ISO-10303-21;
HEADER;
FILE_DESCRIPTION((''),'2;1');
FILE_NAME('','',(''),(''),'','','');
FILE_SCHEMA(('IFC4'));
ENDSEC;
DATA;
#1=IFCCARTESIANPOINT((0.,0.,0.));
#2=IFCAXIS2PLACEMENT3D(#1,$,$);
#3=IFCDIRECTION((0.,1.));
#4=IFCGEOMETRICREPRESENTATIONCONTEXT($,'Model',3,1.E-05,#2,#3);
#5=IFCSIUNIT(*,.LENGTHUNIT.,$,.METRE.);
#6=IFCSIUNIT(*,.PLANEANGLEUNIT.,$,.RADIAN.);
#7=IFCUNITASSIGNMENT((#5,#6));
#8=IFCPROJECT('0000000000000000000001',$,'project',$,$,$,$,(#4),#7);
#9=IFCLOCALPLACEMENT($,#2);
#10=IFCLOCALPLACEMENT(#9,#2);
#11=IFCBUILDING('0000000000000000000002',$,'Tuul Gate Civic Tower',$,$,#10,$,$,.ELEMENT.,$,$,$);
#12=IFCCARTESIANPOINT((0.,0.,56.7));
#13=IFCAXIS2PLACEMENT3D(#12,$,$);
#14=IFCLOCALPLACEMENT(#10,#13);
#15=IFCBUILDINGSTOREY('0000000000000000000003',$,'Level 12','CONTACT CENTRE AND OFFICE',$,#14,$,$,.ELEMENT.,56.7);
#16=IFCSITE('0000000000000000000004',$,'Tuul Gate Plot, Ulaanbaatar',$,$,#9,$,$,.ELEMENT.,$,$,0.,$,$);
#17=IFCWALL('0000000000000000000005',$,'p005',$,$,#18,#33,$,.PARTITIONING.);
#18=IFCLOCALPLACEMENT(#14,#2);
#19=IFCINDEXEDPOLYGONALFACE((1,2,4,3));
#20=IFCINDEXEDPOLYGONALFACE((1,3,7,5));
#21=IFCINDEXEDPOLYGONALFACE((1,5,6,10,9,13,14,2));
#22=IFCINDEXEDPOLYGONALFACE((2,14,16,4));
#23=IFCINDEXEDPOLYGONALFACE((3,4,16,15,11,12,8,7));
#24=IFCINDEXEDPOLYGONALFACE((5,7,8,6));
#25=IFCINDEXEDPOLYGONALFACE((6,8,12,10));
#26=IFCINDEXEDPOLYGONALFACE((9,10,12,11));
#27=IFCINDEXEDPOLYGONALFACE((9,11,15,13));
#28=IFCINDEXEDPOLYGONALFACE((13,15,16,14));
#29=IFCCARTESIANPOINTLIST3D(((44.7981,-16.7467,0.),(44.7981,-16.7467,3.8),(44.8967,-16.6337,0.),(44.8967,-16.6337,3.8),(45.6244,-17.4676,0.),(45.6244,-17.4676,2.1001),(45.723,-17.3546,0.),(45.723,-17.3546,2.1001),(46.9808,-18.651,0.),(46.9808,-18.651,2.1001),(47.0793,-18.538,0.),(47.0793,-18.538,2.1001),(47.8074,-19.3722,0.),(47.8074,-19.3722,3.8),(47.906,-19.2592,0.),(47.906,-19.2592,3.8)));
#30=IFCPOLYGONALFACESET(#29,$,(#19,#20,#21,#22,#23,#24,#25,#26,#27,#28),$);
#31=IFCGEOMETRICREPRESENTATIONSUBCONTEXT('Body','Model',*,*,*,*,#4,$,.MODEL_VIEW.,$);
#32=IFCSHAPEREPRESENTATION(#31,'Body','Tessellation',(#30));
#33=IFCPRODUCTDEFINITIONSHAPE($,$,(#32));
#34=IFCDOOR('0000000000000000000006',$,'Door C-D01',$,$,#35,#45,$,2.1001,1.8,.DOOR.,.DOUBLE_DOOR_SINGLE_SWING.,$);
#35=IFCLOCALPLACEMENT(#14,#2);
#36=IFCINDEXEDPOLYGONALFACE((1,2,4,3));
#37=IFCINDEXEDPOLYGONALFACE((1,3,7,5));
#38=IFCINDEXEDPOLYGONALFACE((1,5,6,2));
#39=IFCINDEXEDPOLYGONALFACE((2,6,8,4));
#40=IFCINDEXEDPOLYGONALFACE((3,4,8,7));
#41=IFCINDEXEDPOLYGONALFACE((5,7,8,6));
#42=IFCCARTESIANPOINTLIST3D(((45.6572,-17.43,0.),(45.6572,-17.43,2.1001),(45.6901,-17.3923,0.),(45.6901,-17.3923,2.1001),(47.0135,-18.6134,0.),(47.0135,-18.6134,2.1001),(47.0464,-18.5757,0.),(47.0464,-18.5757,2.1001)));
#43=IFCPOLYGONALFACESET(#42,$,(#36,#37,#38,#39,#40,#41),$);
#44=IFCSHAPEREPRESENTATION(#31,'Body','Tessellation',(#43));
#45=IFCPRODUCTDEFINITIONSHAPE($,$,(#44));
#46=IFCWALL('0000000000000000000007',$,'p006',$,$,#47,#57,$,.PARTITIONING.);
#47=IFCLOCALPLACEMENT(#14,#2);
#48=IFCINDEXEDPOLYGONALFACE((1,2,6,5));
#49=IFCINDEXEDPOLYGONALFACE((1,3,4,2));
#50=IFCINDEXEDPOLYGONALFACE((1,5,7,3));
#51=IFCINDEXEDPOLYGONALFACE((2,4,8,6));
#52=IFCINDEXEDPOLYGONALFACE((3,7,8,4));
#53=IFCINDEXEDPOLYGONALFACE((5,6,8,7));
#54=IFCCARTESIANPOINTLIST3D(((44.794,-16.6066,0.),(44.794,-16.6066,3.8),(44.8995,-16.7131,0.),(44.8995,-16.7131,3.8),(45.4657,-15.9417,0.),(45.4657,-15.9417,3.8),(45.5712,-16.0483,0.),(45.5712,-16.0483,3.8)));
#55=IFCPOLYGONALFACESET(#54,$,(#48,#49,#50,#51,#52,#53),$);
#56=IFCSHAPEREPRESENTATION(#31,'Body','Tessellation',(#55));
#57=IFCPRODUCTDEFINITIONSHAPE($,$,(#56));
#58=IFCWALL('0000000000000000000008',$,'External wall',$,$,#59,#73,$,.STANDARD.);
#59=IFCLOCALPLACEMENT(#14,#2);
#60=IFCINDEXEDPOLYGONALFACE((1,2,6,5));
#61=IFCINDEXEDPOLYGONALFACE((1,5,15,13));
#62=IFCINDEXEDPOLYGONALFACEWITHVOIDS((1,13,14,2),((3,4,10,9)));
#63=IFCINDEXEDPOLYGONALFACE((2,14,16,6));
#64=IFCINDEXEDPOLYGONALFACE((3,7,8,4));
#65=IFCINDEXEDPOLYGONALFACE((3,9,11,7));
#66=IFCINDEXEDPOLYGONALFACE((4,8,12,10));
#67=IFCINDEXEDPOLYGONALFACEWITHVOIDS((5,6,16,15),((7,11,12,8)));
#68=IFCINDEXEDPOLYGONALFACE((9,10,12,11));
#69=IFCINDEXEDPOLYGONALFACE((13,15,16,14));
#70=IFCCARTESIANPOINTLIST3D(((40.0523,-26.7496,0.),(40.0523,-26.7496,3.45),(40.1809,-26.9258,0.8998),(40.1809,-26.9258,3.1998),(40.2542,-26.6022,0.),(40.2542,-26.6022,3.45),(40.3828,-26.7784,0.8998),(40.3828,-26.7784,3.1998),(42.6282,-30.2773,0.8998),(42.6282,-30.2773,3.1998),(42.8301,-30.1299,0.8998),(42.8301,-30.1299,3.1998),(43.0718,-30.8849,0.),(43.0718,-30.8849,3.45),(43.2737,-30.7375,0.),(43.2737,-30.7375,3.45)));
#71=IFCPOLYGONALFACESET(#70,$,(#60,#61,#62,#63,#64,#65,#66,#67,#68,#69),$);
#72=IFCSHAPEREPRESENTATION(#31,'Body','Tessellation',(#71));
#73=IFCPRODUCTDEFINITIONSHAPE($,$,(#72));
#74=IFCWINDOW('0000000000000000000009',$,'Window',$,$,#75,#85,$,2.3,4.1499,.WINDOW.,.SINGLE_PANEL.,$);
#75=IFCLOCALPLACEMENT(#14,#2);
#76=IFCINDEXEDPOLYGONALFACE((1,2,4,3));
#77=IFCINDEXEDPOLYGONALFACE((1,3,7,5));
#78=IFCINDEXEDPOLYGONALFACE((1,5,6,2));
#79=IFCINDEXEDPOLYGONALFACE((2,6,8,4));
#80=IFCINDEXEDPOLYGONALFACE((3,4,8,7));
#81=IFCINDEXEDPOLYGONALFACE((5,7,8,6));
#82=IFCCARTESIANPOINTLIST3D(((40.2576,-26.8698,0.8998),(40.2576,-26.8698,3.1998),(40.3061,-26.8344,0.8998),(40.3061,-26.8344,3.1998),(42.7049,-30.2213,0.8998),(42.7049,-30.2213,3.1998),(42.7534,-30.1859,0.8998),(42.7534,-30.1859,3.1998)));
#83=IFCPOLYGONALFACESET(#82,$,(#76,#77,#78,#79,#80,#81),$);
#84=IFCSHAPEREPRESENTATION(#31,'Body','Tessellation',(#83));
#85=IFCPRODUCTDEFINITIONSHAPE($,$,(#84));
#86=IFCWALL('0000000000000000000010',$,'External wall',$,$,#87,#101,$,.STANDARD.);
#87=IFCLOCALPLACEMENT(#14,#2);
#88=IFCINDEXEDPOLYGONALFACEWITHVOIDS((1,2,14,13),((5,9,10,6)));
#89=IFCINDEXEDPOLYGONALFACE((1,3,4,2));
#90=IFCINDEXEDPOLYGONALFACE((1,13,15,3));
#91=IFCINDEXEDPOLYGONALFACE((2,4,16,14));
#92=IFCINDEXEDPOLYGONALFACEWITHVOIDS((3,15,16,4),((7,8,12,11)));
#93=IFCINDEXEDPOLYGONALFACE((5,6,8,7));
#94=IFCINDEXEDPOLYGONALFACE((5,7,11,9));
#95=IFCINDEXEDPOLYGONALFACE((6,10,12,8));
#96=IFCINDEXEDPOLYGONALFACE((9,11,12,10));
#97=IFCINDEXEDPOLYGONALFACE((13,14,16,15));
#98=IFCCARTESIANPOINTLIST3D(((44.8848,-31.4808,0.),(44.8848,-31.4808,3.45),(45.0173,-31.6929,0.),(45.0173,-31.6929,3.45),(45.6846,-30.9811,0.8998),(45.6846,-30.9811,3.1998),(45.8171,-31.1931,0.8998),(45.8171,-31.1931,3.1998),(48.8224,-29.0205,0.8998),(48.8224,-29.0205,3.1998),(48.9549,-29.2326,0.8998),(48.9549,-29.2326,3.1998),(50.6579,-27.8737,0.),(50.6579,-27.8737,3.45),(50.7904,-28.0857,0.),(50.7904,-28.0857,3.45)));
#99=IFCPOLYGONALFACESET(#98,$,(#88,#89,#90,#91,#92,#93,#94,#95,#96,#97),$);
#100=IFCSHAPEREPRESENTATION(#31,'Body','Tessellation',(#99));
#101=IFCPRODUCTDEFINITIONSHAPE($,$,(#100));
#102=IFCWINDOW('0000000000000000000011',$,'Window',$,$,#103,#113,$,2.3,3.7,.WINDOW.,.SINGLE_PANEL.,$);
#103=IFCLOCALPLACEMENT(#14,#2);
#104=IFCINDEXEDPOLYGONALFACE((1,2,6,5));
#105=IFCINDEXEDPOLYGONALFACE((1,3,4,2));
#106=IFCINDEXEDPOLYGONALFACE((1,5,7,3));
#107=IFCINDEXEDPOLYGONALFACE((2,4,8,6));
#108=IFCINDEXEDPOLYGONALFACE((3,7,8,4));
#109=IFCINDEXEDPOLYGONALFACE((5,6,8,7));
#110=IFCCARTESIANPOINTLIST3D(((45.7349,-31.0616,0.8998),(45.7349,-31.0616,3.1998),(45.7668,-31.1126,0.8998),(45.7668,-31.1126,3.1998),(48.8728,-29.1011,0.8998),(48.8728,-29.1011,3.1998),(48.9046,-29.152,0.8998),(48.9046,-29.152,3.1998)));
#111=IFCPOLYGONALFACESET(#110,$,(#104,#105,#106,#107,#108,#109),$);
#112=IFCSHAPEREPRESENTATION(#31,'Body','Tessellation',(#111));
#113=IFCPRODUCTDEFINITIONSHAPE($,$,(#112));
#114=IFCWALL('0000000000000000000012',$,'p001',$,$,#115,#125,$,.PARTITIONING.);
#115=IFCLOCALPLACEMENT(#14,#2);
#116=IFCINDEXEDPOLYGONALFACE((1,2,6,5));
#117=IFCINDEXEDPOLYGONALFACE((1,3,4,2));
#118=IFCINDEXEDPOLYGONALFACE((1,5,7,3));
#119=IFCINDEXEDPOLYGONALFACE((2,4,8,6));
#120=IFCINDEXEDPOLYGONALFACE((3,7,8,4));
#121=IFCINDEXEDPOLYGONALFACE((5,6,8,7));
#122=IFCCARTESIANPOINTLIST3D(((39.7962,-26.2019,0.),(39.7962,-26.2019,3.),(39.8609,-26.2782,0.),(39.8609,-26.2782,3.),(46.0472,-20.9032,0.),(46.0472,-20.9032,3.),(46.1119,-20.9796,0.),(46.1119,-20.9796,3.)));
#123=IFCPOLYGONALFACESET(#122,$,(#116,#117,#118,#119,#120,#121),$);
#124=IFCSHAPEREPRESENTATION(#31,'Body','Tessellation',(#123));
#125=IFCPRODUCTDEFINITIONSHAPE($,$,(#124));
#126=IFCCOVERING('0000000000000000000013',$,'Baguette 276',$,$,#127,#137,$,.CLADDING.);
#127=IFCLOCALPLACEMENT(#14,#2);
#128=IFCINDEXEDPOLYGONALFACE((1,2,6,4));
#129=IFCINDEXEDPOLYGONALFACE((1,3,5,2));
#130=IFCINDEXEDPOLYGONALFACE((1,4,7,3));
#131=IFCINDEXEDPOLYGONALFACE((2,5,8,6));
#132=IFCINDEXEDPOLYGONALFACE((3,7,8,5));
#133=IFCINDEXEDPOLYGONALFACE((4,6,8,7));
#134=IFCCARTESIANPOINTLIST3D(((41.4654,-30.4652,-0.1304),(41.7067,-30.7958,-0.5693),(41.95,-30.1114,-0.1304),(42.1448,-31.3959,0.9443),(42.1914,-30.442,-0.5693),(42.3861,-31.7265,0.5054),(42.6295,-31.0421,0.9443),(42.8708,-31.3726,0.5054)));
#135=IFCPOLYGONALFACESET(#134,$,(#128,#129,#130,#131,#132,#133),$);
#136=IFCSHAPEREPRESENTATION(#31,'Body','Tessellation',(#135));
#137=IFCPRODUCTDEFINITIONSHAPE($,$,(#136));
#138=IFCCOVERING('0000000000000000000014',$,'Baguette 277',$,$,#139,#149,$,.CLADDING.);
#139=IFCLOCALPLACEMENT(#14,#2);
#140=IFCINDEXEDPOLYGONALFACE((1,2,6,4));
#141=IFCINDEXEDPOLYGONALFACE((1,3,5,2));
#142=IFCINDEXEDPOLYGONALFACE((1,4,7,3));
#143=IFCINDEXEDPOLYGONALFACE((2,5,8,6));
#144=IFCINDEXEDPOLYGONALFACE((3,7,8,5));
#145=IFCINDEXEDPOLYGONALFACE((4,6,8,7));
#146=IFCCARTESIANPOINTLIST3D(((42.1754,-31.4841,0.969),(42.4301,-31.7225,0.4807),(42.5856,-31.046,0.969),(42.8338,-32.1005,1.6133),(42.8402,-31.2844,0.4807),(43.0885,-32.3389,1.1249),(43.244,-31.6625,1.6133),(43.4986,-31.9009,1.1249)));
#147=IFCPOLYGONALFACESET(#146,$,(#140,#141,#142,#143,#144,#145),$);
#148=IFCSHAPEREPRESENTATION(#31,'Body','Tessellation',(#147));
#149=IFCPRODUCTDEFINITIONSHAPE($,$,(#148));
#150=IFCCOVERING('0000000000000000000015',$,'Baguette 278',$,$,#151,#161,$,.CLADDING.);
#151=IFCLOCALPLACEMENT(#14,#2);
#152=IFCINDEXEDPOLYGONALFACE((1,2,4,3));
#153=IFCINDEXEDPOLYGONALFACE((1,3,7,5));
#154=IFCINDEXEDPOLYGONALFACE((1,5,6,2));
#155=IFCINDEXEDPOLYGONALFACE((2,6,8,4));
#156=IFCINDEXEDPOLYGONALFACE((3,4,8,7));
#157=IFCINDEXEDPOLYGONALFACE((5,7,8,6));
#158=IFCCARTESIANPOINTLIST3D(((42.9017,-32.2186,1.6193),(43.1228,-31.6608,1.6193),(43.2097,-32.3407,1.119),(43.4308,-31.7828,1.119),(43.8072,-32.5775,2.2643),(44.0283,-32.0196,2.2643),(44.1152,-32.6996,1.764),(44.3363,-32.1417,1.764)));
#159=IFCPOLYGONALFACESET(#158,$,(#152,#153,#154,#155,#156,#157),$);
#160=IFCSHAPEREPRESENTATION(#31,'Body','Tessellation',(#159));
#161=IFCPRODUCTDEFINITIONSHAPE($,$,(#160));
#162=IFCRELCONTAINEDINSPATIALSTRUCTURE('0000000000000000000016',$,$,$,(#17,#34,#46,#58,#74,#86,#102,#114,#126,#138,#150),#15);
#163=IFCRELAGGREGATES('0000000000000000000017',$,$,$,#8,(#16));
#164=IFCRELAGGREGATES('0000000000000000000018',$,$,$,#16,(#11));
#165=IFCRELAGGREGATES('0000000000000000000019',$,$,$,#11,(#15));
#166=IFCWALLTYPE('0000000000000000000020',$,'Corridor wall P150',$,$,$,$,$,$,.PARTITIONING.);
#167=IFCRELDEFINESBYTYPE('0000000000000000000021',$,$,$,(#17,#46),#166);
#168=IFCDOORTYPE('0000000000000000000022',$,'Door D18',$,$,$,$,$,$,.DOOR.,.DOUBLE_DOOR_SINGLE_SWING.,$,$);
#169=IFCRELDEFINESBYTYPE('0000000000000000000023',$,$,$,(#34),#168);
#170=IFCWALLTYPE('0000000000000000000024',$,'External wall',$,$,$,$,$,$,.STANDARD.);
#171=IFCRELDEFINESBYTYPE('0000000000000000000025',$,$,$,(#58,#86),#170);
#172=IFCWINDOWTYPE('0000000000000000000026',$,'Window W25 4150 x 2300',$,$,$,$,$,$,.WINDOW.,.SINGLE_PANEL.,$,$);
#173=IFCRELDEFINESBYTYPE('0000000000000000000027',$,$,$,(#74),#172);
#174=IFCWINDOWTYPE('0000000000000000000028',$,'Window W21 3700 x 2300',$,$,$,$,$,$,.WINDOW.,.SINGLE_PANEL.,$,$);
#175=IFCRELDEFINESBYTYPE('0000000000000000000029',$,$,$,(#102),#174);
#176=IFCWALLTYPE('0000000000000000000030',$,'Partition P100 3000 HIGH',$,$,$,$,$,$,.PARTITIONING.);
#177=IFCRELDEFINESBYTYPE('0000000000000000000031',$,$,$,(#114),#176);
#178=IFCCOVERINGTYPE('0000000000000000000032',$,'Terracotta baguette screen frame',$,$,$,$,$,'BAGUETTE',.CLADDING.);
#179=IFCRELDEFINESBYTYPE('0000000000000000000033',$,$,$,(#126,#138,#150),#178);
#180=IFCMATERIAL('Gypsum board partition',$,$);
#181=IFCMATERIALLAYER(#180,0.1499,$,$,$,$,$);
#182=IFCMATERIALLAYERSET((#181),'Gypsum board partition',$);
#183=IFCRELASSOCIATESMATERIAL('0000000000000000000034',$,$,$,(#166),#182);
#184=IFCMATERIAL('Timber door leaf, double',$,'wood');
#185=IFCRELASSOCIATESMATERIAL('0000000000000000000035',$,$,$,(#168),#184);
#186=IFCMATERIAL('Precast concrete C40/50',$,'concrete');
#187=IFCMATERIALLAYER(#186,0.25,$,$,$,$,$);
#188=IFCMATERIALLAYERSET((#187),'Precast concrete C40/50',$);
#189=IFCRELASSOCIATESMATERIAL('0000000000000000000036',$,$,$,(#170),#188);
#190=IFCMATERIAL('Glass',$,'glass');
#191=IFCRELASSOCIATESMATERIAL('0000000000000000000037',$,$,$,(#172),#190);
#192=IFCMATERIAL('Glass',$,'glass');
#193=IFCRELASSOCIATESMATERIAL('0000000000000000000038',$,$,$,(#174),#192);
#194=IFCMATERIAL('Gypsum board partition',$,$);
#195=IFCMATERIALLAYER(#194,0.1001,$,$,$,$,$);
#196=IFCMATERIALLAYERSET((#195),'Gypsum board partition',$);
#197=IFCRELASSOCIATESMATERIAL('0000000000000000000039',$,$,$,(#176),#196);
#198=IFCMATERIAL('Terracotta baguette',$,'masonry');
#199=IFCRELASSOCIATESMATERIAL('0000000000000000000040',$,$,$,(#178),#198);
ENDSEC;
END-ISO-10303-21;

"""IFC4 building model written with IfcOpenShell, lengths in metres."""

from ifc_helpers import new_model, si_unit, direction, frame, frame_2d, origin, origin_2d, place, context, subcontext, project, spatial, rectangle, extrude, material, layer, layer_set, material_profile, profile_set, type_object, element, fill, save


model = new_model("IFC4")

# Units and contexts
model_context = context("Model", 3, precision=1e-05, world=origin(), true_north=direction((0.0, 1.0)))
body_context = subcontext(model_context, "Body", "Model", "MODEL_VIEW")
ifc_project = project(units=[si_unit("LENGTHUNIT", "METRE"), si_unit("PLANEANGLEUNIT", "RADIAN")], contexts=[model_context])

# Site, building, storey
site_placement = place(None, origin())
site = spatial("IfcSite", under=ifc_project, at=site_placement, Name="Tuul Gate Plot, Ulaanbaatar", CompositionType="ELEMENT", RefElevation=0.0)
building_placement = place(site_placement, origin())
building = spatial("IfcBuilding", under=site, at=building_placement, Name="Tuul Gate Civic Tower", CompositionType="ELEMENT")
storey_placement = place(building_placement, frame((0.0, 0.0, 56.7)))
storey = spatial("IfcBuildingStorey", under=building, at=storey_placement, Name="Level 12", Description="CONTACT CENTRE AND OFFICE", CompositionType="ELEMENT", Elevation=56.7)

# Wall, opening, door
ifc_material_1 = material(Name="Gypsum board partition")
ifc_layer_1 = layer(ifc_material_1, 0.1499)
ifc_layer_set_1 = layer_set([ifc_layer_1], Name="Gypsum board partition")
wall_type_1 = type_object("IfcWallType", Name="Corridor wall P150", PredefinedType="PARTITIONING", material=ifc_layer_set_1)
wall_1_placement = place(storey_placement, frame((44.8474, -16.6902, 0.0), z_axis=(0.0, 0.0, 1.0), x_axis=(0.753523, -0.657422, 0.0)))
wall_1 = element("IfcWall", 1, at=wall_1_placement, inside=storey, type_object=wall_type_1, Name="p005", PredefinedType="PARTITIONING", context=body_context, shape_type="SweptSolid", body=[
    extrude(rectangle(XDim=3.9937, YDim=0.1499, at=frame_2d((1.9968, 0.0))), origin(), (0.0, 0.0, 1.0), 3.8),
])
opening_1_placement = place(wall_1_placement, frame((1.0967, 0.0, 0.0)))
opening_1 = element("IfcOpeningElement", 2, at=opening_1_placement, cuts=wall_1, PredefinedType="OPENING", context=body_context, shape_type="SweptSolid", body=[
    extrude(rectangle(XDim=1.8, YDim=2.1001, at=frame_2d((0.8999, 1.05))), frame((0.0, 0.085, 0.0), z_axis=(0.0, -1.0, 0.0), x_axis=(1.0, 0.0, 0.0)), (0.0, 0.0, 1.0), 0.1699),
])
ifc_material_2 = material(Name="Timber door leaf, double", Category="wood")
door_type_1 = type_object("IfcDoorType", Name="Door D18", OperationType="DOUBLE_DOOR_SINGLE_SWING", PredefinedType="DOOR", material=ifc_material_2)
door_1_placement = place(opening_1_placement, origin())
door_1 = element("IfcDoor", 3, at=door_1_placement, inside=storey, type_object=door_type_1, Name="Door C-D01", OperationType="DOUBLE_DOOR_SINGLE_SWING", OverallHeight=2.1001, OverallWidth=1.8, PredefinedType="DOOR", context=body_context, shape_type="SweptSolid", body=[
    extrude(rectangle(XDim=1.8, YDim=2.1001, at=frame_2d((0.8999, 1.05))), frame((0.0, 0.0249, 0.0), z_axis=(0.0, -1.0, 0.0), x_axis=(1.0, 0.0, 0.0)), (0.0, 0.0, 1.0), 0.05),
])
fill(opening_1, door_1)

# Wall
wall_2_placement = place(storey_placement, frame((44.8467, -16.6599, 0.0), z_axis=(0.0, 0.0, 1.0), x_axis=(0.710714, 0.703481, 0.0)))
element("IfcWall", 4, at=wall_2_placement, inside=storey, type_object=wall_type_1, Name="p006", PredefinedType="PARTITIONING", context=body_context, shape_type="SweptSolid", body=[
    extrude(rectangle(XDim=0.9451, YDim=0.1499, at=frame_2d((0.4727, 0.0))), origin(), (0.0, 0.0, 1.0), 3.8),
])

# Walls, openings, windows
ifc_material_3 = material(Name="Precast concrete C40/50", Category="concrete")
ifc_layer_2 = layer(ifc_material_3, 0.25)
ifc_layer_set_2 = layer_set([ifc_layer_2], Name="Precast concrete C40/50")
wall_type_2 = type_object("IfcWallType", Name="External wall", PredefinedType="STANDARD", material=ifc_layer_set_2)
wall_3_placement = place(storey_placement, frame((40.1533, -26.676, 0.0), z_axis=(0.0, 0.0, 1.0), x_axis=(0.589713, -0.807613, 0.0)))
wall_3 = element("IfcWall", 5, at=wall_3_placement, inside=storey, type_object=wall_type_2, Name="External wall", PredefinedType="STANDARD", context=body_context, shape_type="SweptSolid", body=[
    extrude(rectangle(XDim=5.1204, YDim=0.25, at=frame_2d((2.5601, 0.0))), origin(), (0.0, 0.0, 1.0), 3.45),
])
opening_2_placement = place(wall_3_placement, frame((0.218, 0.0, 0.8999)))
opening_2 = element("IfcOpeningElement", 6, at=opening_2_placement, cuts=wall_3, PredefinedType="OPENING", context=body_context, shape_type="SweptSolid", body=[
    extrude(rectangle(XDim=4.1499, YDim=2.3, at=frame_2d((2.075, 1.1499))), frame((0.0, 0.135, 0.0), z_axis=(0.0, -1.0, 0.0), x_axis=(1.0, 0.0, 0.0)), (0.0, 0.0, 1.0), 0.27),
])
ifc_material_4 = material(Name="Glass", Category="glass")
window_type_1 = type_object("IfcWindowType", Name="Window W25 4150 x 2300", PartitioningType="SINGLE_PANEL", PredefinedType="WINDOW", material=ifc_material_4)
window_1_placement = place(opening_2_placement, origin())
window_1 = element("IfcWindow", 7, at=window_1_placement, inside=storey, type_object=window_type_1, Name="Window", OverallHeight=2.3, OverallWidth=4.1499, PartitioningType="SINGLE_PANEL", PredefinedType="WINDOW", context=body_context, shape_type="SweptSolid", body=[
    extrude(rectangle(XDim=4.1499, YDim=2.3, at=frame_2d((2.075, 1.1499))), frame((0.0, 0.03, 0.0), z_axis=(0.0, -1.0, 0.0), x_axis=(1.0, 0.0, 0.0)), (0.0, 0.0, 1.0), 0.0601),
])
fill(opening_2, window_1)
wall_4_placement = place(storey_placement, frame((44.9509, -31.5869, 0.0), z_axis=(0.0, 0.0, 1.0), x_axis=(0.848069, 0.529886, 0.0)))
wall_4 = element("IfcWall", 8, at=wall_4_placement, inside=storey, type_object=wall_type_2, Name="External wall", PredefinedType="STANDARD", context=body_context, shape_type="SweptSolid", body=[
    extrude(rectangle(XDim=6.8074, YDim=0.25, at=frame_2d((3.4038, 0.0))), origin(), (0.0, 0.0, 1.0), 3.45),
])
opening_3_placement = place(wall_4_placement, frame((0.9431, 0.0, 0.8999)))
opening_3 = element("IfcOpeningElement", 9, at=opening_3_placement, cuts=wall_4, PredefinedType="OPENING", context=body_context, shape_type="SweptSolid", body=[
    extrude(rectangle(XDim=3.7, YDim=2.3, at=frame_2d((1.8501, 1.1499))), frame((0.0, 0.135, 0.0), z_axis=(0.0, -1.0, 0.0), x_axis=(1.0, 0.0, 0.0)), (0.0, 0.0, 1.0), 0.27),
])
ifc_material_5 = material(Name="Glass", Category="glass")
window_type_2 = type_object("IfcWindowType", Name="Window W21 3700 x 2300", PartitioningType="SINGLE_PANEL", PredefinedType="WINDOW", material=ifc_material_5)
window_2_placement = place(opening_3_placement, origin())
window_2 = element("IfcWindow", 10, at=window_2_placement, inside=storey, type_object=window_type_2, Name="Window", OverallHeight=2.3, OverallWidth=3.7, PartitioningType="SINGLE_PANEL", PredefinedType="WINDOW", context=body_context, shape_type="SweptSolid", body=[
    extrude(rectangle(XDim=3.7, YDim=2.3, at=frame_2d((1.8501, 1.1499))), frame((0.0, 0.03, 0.0), z_axis=(0.0, -1.0, 0.0), x_axis=(1.0, 0.0, 0.0)), (0.0, 0.0, 1.0), 0.0601),
])
fill(opening_3, window_2)

# Wall
ifc_material_6 = material(Name="Gypsum board partition")
ifc_layer_3 = layer(ifc_material_6, 0.1001)
ifc_layer_set_3 = layer_set([ifc_layer_3], Name="Gypsum board partition")
wall_type_3 = type_object("IfcWallType", Name="Partition P100 3000 HIGH", PredefinedType="PARTITIONING", material=ifc_layer_set_3)
wall_5_placement = place(storey_placement, frame((39.8286, -26.24, 0.0), z_axis=(0.0, 0.0, 1.0), x_axis=(0.762827, 0.646603, 0.0)))
element("IfcWall", 11, at=wall_5_placement, inside=storey, type_object=wall_type_3, Name="p001", PredefinedType="PARTITIONING", context=body_context, shape_type="SweptSolid", body=[
    extrude(rectangle(XDim=8.1946, YDim=0.1001, at=frame_2d((4.0972, 0.0))), origin(), (0.0, 0.0, 1.0), 3.0),
])

# Coverings
ifc_material_7 = material(Name="Terracotta baguette", Category="masonry")
ifc_material_profile_1 = material_profile(ifc_material_7, rectangle(XDim=0.6001, YDim=0.6001, at=origin_2d()), Name="Terracotta baguette screen frame")
ifc_profile_set_1 = profile_set([ifc_material_profile_1], Name="Terracotta baguette")
covering_type = type_object("IfcCoveringType", Name="Terracotta baguette screen frame", ElementType="BAGUETTE", PredefinedType="CLADDING", material=ifc_profile_set_1)
covering_1_placement = place(storey_placement, frame((41.8284, -30.4536, -0.3499), z_axis=(0.431206, -0.590642, 0.682058), x_axis=(0.807663, 0.589645, 0.0)))
element("IfcCovering", 12, at=covering_1_placement, inside=storey, type_object=covering_type, Name="Baguette 276", PredefinedType="CLADDING", context=body_context, shape_type="SweptSolid", body=[
    extrude(rectangle(XDim=0.6001, YDim=0.6001, at=origin_2d()), origin(), (0.0, 0.0, 1.0), 1.5757),
])
covering_2_placement = place(storey_placement, frame((42.5078, -31.3843, 0.7249), z_axis=(0.594022, -0.556138, 0.581247), x_axis=(0.683446, 0.730001, 0.0)))
element("IfcCovering", 13, at=covering_2_placement, inside=storey, type_object=covering_type, Name="Baguette 277", PredefinedType="CLADDING", context=body_context, shape_type="SweptSolid", body=[
    extrude(rectangle(XDim=0.6001, YDim=0.6001, at=origin_2d()), origin(), (0.0, 0.0, 1.0), 1.1084),
])
covering_3_placement = place(storey_placement, frame((43.1663, -32.0007, 1.3691), z_axis=(0.775105, -0.3072, 0.552124), x_axis=(0.36845, 0.929647, 0.0)))
element("IfcCovering", 14, at=covering_3_placement, inside=storey, type_object=covering_type, Name="Baguette 278", PredefinedType="CLADDING", context=body_context, shape_type="SweptSolid", body=[
    extrude(rectangle(XDim=0.6001, YDim=0.6001, at=origin_2d()), origin(), (0.0, 0.0, 1.0), 1.1682),
])

save(model, "model.ifc")
